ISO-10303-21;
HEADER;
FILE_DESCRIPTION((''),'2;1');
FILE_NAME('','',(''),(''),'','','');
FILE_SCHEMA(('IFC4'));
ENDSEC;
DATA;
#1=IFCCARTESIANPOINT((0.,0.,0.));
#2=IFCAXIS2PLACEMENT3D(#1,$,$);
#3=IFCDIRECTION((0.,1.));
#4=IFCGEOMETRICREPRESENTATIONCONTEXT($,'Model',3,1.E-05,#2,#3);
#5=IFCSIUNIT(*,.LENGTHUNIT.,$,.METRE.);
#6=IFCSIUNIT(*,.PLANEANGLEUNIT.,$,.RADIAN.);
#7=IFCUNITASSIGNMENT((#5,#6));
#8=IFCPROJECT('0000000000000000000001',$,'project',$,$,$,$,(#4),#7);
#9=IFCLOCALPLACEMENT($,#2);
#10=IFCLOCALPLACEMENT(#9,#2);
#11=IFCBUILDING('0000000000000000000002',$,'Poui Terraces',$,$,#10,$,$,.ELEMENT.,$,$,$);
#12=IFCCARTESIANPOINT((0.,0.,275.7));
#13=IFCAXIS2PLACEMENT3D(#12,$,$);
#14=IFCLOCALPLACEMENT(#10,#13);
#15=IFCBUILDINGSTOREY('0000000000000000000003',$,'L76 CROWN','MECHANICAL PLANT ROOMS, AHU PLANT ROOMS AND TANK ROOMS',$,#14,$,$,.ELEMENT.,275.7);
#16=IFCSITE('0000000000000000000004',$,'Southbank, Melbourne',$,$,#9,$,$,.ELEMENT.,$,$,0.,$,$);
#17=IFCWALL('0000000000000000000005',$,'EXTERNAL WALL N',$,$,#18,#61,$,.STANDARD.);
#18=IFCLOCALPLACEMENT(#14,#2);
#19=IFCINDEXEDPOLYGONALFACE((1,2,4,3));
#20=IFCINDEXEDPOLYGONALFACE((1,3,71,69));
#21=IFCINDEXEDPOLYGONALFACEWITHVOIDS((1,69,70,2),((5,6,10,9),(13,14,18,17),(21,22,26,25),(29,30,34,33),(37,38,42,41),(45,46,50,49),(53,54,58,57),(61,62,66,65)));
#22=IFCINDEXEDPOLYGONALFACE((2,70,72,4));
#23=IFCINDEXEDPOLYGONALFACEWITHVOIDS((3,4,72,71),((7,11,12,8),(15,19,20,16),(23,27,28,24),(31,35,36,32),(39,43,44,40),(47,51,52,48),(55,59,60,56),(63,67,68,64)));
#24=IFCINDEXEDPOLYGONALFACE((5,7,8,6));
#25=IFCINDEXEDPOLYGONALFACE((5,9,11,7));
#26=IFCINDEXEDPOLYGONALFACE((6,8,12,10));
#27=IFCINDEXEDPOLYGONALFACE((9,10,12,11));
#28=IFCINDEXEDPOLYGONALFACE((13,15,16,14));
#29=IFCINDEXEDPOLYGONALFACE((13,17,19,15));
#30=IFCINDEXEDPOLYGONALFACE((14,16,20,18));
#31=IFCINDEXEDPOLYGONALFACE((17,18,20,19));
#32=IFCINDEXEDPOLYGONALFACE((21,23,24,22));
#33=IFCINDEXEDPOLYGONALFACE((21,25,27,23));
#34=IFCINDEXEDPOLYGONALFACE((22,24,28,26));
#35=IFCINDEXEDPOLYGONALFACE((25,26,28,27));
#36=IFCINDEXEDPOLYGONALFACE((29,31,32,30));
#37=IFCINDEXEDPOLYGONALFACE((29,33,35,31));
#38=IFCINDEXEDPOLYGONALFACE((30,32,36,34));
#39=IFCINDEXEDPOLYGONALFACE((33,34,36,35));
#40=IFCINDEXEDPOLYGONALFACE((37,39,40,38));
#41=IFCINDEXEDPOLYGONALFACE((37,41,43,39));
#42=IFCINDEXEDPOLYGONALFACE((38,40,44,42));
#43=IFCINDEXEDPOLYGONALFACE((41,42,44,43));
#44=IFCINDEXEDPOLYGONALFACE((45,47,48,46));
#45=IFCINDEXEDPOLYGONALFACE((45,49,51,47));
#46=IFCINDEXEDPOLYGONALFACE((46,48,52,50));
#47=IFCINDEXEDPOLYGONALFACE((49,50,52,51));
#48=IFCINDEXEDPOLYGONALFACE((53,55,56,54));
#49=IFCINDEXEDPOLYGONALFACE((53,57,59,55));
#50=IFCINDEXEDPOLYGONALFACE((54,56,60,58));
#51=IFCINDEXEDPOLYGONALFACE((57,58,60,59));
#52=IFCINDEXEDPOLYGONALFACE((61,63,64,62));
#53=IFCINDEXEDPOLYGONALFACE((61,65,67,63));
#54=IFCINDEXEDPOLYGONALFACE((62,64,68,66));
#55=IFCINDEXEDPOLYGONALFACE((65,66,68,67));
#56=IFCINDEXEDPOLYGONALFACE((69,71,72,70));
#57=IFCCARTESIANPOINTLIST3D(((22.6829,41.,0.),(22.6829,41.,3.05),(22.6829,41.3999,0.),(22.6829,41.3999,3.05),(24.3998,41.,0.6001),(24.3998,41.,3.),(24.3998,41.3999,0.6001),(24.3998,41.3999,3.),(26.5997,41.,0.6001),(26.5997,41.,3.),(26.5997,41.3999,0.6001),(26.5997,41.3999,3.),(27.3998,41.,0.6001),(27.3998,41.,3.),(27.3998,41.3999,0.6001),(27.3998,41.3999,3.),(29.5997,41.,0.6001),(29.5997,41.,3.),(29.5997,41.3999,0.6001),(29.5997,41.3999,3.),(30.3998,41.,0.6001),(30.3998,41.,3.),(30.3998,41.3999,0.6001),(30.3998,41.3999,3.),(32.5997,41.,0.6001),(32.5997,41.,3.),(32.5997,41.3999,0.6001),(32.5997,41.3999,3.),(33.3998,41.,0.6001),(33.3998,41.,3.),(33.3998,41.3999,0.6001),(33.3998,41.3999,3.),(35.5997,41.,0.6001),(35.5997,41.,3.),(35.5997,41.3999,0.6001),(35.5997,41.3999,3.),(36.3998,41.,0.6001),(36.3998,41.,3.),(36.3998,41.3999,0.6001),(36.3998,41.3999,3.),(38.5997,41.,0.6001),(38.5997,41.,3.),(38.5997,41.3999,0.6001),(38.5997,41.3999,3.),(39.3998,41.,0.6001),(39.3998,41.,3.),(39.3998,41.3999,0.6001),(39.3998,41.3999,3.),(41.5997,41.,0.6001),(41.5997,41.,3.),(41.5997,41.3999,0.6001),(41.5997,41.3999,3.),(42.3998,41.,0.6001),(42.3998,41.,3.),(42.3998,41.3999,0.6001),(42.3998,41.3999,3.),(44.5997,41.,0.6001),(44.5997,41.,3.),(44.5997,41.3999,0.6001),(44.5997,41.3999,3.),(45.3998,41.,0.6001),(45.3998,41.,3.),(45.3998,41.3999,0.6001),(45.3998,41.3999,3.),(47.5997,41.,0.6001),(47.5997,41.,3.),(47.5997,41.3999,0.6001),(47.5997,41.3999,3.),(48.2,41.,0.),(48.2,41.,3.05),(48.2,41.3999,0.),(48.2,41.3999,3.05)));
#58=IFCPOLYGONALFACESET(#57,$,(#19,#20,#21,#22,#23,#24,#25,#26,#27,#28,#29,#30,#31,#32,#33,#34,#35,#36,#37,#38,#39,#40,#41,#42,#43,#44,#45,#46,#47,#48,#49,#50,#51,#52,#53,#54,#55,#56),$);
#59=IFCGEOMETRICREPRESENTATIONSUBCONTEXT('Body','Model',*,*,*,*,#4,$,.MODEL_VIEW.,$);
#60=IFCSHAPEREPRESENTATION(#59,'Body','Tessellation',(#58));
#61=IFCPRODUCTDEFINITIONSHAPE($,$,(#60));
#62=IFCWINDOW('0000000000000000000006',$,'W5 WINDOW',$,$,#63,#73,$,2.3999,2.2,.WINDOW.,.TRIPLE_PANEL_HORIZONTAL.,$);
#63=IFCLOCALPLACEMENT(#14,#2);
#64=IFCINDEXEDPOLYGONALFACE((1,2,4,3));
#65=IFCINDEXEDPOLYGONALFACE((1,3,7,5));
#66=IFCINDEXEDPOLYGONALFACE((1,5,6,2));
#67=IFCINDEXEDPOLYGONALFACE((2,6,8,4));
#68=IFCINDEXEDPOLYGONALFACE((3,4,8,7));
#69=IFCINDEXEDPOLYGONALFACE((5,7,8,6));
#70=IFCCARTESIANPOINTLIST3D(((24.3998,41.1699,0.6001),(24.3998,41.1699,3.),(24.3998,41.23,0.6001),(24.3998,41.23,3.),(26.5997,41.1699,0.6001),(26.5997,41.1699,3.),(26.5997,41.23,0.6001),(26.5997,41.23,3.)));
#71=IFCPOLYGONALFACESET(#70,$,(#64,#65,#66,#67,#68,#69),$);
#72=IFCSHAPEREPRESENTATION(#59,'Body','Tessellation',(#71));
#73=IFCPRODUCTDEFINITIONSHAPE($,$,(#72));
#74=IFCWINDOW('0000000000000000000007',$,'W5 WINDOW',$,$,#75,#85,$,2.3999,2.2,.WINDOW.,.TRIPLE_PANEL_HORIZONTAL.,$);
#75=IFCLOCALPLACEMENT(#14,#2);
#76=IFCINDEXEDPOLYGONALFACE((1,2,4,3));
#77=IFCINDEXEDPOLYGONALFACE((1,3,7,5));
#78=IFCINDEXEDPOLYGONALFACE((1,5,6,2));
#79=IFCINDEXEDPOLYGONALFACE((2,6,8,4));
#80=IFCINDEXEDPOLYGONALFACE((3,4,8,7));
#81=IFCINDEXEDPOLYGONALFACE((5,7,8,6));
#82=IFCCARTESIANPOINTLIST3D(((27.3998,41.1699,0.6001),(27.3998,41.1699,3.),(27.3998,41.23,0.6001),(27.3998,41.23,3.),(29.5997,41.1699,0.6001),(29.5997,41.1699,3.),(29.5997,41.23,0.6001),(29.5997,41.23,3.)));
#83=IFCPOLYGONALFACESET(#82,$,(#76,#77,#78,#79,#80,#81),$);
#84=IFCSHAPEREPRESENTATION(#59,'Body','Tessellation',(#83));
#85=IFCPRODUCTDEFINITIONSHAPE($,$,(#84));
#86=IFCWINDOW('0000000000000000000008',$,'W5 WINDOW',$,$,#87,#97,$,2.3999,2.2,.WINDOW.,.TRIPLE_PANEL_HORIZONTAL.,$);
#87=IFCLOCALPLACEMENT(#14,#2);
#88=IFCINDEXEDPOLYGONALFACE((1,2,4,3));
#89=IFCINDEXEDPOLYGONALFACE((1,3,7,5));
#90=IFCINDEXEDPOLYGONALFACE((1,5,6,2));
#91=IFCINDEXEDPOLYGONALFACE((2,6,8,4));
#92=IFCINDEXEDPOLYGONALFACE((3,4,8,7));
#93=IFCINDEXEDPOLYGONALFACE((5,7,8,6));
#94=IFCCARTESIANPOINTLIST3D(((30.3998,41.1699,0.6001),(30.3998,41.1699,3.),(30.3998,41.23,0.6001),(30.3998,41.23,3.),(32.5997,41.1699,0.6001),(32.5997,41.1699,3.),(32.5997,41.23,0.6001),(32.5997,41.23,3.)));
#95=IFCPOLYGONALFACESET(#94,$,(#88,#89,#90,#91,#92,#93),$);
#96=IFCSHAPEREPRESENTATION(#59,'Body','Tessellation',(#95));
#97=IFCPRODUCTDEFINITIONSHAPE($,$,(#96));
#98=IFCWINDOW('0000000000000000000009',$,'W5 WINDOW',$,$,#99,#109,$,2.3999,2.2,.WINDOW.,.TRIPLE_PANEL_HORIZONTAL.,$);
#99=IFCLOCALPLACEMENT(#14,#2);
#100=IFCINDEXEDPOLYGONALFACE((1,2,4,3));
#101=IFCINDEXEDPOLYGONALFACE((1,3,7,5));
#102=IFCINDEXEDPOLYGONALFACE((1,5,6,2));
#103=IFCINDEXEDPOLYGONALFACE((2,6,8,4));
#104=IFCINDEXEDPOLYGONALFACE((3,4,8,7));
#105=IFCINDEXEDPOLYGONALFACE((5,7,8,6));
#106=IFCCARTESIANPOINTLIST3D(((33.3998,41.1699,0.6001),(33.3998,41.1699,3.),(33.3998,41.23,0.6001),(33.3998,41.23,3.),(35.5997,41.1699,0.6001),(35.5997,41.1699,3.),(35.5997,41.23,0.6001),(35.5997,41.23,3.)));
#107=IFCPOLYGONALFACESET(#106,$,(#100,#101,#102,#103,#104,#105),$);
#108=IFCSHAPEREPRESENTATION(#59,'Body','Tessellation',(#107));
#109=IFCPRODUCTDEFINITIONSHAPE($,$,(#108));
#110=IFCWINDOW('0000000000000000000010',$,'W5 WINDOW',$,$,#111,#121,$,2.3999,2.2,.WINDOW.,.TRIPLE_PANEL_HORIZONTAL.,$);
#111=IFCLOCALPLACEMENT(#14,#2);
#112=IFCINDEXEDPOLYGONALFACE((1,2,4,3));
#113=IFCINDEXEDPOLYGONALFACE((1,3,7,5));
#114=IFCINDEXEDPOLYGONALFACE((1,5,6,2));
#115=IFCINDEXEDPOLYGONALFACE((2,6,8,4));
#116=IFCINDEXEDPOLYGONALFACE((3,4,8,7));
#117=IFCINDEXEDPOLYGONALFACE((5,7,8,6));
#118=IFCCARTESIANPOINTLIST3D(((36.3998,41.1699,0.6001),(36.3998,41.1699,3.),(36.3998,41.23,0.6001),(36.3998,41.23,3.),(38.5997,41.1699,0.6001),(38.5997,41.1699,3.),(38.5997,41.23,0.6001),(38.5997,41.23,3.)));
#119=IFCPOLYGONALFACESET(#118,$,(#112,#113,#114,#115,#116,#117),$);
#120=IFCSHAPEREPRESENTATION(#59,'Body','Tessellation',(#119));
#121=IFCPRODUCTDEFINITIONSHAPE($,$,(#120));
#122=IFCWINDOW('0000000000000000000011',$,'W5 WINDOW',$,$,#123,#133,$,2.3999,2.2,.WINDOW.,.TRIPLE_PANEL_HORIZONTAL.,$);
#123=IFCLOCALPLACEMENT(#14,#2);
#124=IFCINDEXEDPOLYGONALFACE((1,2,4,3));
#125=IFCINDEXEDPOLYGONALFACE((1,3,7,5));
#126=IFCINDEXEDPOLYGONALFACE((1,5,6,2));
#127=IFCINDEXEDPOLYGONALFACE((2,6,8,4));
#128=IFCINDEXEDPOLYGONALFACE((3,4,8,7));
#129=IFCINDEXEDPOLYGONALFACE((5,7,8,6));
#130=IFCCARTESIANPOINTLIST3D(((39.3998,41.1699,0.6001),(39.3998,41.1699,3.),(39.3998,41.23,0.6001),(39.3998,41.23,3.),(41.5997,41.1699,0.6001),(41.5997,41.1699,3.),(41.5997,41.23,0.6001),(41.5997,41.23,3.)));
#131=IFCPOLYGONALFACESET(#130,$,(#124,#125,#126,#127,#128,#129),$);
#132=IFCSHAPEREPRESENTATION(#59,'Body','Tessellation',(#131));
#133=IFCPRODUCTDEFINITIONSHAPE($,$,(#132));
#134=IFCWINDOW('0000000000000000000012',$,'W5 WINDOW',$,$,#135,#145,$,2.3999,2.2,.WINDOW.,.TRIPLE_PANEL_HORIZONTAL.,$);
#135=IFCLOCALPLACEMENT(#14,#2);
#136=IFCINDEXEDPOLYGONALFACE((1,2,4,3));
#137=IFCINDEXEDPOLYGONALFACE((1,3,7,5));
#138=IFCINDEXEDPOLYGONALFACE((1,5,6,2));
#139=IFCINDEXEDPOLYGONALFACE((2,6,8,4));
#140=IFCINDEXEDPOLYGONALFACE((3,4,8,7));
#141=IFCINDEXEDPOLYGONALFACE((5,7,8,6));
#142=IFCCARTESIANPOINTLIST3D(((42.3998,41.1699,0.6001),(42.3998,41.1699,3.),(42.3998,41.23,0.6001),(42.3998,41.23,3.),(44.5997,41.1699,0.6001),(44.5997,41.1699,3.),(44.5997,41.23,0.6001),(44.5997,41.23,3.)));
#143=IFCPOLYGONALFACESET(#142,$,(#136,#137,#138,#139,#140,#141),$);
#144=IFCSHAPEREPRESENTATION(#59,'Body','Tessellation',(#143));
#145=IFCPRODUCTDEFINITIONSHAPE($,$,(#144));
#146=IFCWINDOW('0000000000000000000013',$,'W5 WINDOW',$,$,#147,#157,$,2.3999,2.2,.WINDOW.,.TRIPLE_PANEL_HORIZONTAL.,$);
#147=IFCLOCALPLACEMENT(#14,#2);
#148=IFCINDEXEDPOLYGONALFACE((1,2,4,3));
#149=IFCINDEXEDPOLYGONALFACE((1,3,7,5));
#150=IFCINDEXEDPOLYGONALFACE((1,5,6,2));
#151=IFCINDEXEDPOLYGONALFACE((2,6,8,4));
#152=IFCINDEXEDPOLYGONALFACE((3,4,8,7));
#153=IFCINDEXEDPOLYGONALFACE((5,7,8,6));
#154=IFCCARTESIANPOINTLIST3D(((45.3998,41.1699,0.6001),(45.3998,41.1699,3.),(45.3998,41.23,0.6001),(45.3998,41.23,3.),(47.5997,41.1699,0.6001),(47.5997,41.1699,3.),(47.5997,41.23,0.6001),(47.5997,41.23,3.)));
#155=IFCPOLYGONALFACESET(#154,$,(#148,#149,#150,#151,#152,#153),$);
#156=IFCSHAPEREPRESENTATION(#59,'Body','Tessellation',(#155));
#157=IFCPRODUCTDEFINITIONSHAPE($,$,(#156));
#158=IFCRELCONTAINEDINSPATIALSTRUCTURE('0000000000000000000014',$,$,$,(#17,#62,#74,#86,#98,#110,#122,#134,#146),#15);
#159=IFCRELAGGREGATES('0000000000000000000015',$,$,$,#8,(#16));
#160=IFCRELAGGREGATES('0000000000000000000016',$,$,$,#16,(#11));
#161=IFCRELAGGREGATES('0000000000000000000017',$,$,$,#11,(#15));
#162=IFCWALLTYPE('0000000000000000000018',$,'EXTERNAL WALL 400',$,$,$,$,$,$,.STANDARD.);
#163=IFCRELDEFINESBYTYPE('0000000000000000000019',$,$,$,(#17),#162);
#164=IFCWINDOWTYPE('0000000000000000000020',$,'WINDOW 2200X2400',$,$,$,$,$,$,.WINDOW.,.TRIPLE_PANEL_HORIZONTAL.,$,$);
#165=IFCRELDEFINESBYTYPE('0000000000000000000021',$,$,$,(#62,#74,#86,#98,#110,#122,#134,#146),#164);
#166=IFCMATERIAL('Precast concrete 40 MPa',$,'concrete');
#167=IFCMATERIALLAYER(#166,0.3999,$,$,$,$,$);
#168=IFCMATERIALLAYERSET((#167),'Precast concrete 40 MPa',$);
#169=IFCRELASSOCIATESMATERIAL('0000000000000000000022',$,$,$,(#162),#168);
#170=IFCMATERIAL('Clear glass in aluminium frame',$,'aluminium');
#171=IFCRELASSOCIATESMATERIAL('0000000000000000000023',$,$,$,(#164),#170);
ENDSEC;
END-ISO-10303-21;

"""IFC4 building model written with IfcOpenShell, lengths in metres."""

from ifc_helpers import new_model, si_unit, direction, frame, frame_2d, origin, place, context, subcontext, project, spatial, rectangle, extrude, material, layer, layer_set, type_object, element, fill, save


model = new_model("IFC4")

# Units and contexts
model_context = context("Model", 3, precision=1e-05, world=origin(), true_north=direction((0.0, 1.0)))
body_context = subcontext(model_context, "Body", "Model", "MODEL_VIEW")
ifc_project = project(units=[si_unit("LENGTHUNIT", "METRE"), si_unit("PLANEANGLEUNIT", "RADIAN")], contexts=[model_context])

# Site, building, storey
site_placement = place(None, origin())
site = spatial("IfcSite", under=ifc_project, at=site_placement, Name="Southbank, Melbourne", CompositionType="ELEMENT", RefElevation=0.0)
building_placement = place(site_placement, origin())
building = spatial("IfcBuilding", under=site, at=building_placement, Name="Poui Terraces", CompositionType="ELEMENT")
storey_placement = place(building_placement, frame((0.0, 0.0, 275.7)))
storey = spatial("IfcBuildingStorey", under=building, at=storey_placement, Name="L76 CROWN", Description="MECHANICAL PLANT ROOMS, AHU PLANT ROOMS AND TANK ROOMS", CompositionType="ELEMENT", Elevation=275.7)

# Wall, openings, windows
ifc_material_1 = material(Name="Precast concrete 40 MPa", Category="concrete")
ifc_layer_1 = layer(ifc_material_1, 0.3999)
ifc_layer_set_1 = layer_set([ifc_layer_1], Name="Precast concrete 40 MPa")
wall_type_1 = type_object("IfcWallType", Name="EXTERNAL WALL 400", PredefinedType="STANDARD", material=ifc_layer_set_1)
wall_1_placement = place(storey_placement, frame((48.2, 41.2, 0.0), z_axis=(0.0, 0.0, 1.0), x_axis=(-1.0, 0.0, 0.0)))
wall_1 = element("IfcWall", 1, at=wall_1_placement, inside=storey, type_object=wall_type_1, Name="EXTERNAL WALL N", PredefinedType="STANDARD", context=body_context, shape_type="SweptSolid", body=[
    extrude(rectangle(XDim=25.5171, YDim=0.3999, at=frame_2d((12.7585, 0.0))), origin(), (0.0, 0.0, 1.0), 3.05),
])
opening_1_placement = place(wall_1_placement, frame((21.6001, 0.0, 0.6001)))
opening_1 = element("IfcOpeningElement", 2, at=opening_1_placement, cuts=wall_1, PredefinedType="OPENING", context=body_context, shape_type="SweptSolid", body=[
    extrude(rectangle(XDim=2.2, YDim=2.3999, at=frame_2d((1.1001, 1.2))), frame((0.0, 0.21, 0.0), z_axis=(0.0, -1.0, 0.0), x_axis=(1.0, 0.0, 0.0)), (0.0, 0.0, 1.0), 0.4199),
])
opening_2_placement = place(wall_1_placement, frame((18.6001, 0.0, 0.6001)))
opening_2 = element("IfcOpeningElement", 3, at=opening_2_placement, cuts=wall_1, PredefinedType="OPENING", context=body_context, shape_type="SweptSolid", body=[
    extrude(rectangle(XDim=2.2, YDim=2.3999, at=frame_2d((1.1001, 1.2))), frame((0.0, 0.21, 0.0), z_axis=(0.0, -1.0, 0.0), x_axis=(1.0, 0.0, 0.0)), (0.0, 0.0, 1.0), 0.4199),
])
opening_3_placement = place(wall_1_placement, frame((15.6001, 0.0, 0.6001)))
opening_3 = element("IfcOpeningElement", 4, at=opening_3_placement, cuts=wall_1, PredefinedType="OPENING", context=body_context, shape_type="SweptSolid", body=[
    extrude(rectangle(XDim=2.2, YDim=2.3999, at=frame_2d((1.1001, 1.2))), frame((0.0, 0.21, 0.0), z_axis=(0.0, -1.0, 0.0), x_axis=(1.0, 0.0, 0.0)), (0.0, 0.0, 1.0), 0.4199),
])
opening_4_placement = place(wall_1_placement, frame((12.6001, 0.0, 0.6001)))
opening_4 = element("IfcOpeningElement", 5, at=opening_4_placement, cuts=wall_1, PredefinedType="OPENING", context=body_context, shape_type="SweptSolid", body=[
    extrude(rectangle(XDim=2.2, YDim=2.3999, at=frame_2d((1.1001, 1.2))), frame((0.0, 0.21, 0.0), z_axis=(0.0, -1.0, 0.0), x_axis=(1.0, 0.0, 0.0)), (0.0, 0.0, 1.0), 0.4199),
])
opening_5_placement = place(wall_1_placement, frame((9.6001, 0.0, 0.6001)))
opening_5 = element("IfcOpeningElement", 6, at=opening_5_placement, cuts=wall_1, PredefinedType="OPENING", context=body_context, shape_type="SweptSolid", body=[
    extrude(rectangle(XDim=2.2, YDim=2.3999, at=frame_2d((1.1001, 1.2))), frame((0.0, 0.21, 0.0), z_axis=(0.0, -1.0, 0.0), x_axis=(1.0, 0.0, 0.0)), (0.0, 0.0, 1.0), 0.4199),
])
opening_6_placement = place(wall_1_placement, frame((6.6001, 0.0, 0.6001)))
opening_6 = element("IfcOpeningElement", 7, at=opening_6_placement, cuts=wall_1, PredefinedType="OPENING", context=body_context, shape_type="SweptSolid", body=[
    extrude(rectangle(XDim=2.2, YDim=2.3999, at=frame_2d((1.1001, 1.2))), frame((0.0, 0.21, 0.0), z_axis=(0.0, -1.0, 0.0), x_axis=(1.0, 0.0, 0.0)), (0.0, 0.0, 1.0), 0.4199),
])
opening_7_placement = place(wall_1_placement, frame((3.6001, 0.0, 0.6001)))
opening_7 = element("IfcOpeningElement", 8, at=opening_7_placement, cuts=wall_1, PredefinedType="OPENING", context=body_context, shape_type="SweptSolid", body=[
    extrude(rectangle(XDim=2.2, YDim=2.3999, at=frame_2d((1.1001, 1.2))), frame((0.0, 0.21, 0.0), z_axis=(0.0, -1.0, 0.0), x_axis=(1.0, 0.0, 0.0)), (0.0, 0.0, 1.0), 0.4199),
])
opening_8_placement = place(wall_1_placement, frame((0.6001, 0.0, 0.6001)))
opening_8 = element("IfcOpeningElement", 9, at=opening_8_placement, cuts=wall_1, PredefinedType="OPENING", context=body_context, shape_type="SweptSolid", body=[
    extrude(rectangle(XDim=2.2, YDim=2.3999, at=frame_2d((1.1001, 1.2))), frame((0.0, 0.21, 0.0), z_axis=(0.0, -1.0, 0.0), x_axis=(1.0, 0.0, 0.0)), (0.0, 0.0, 1.0), 0.4199),
])
ifc_material_2 = material(Name="Clear glass in aluminium frame", Category="aluminium")
window_type = type_object("IfcWindowType", Name="WINDOW 2200X2400", PartitioningType="TRIPLE_PANEL_HORIZONTAL", PredefinedType="WINDOW", material=ifc_material_2)
window_1_placement = place(opening_1_placement, origin())
window_1 = element("IfcWindow", 10, at=window_1_placement, inside=storey, type_object=window_type, Name="W5 WINDOW", OverallHeight=2.3999, OverallWidth=2.2, PartitioningType="TRIPLE_PANEL_HORIZONTAL", PredefinedType="WINDOW", context=body_context, shape_type="SweptSolid", body=[
    extrude(rectangle(XDim=2.2, YDim=2.3999, at=frame_2d((1.1001, 1.2))), frame((0.0, 0.03, 0.0), z_axis=(0.0, -1.0, 0.0), x_axis=(1.0, 0.0, 0.0)), (0.0, 0.0, 1.0), 0.0601),
])
fill(opening_1, window_1)
window_2_placement = place(opening_2_placement, origin())
window_2 = element("IfcWindow", 11, at=window_2_placement, inside=storey, type_object=window_type, Name="W5 WINDOW", OverallHeight=2.3999, OverallWidth=2.2, PartitioningType="TRIPLE_PANEL_HORIZONTAL", PredefinedType="WINDOW", context=body_context, shape_type="SweptSolid", body=[
    extrude(rectangle(XDim=2.2, YDim=2.3999, at=frame_2d((1.1001, 1.2))), frame((0.0, 0.03, 0.0), z_axis=(0.0, -1.0, 0.0), x_axis=(1.0, 0.0, 0.0)), (0.0, 0.0, 1.0), 0.0601),
])
fill(opening_2, window_2)
window_3_placement = place(opening_3_placement, origin())
window_3 = element("IfcWindow", 12, at=window_3_placement, inside=storey, type_object=window_type, Name="W5 WINDOW", OverallHeight=2.3999, OverallWidth=2.2, PartitioningType="TRIPLE_PANEL_HORIZONTAL", PredefinedType="WINDOW", context=body_context, shape_type="SweptSolid", body=[
    extrude(rectangle(XDim=2.2, YDim=2.3999, at=frame_2d((1.1001, 1.2))), frame((0.0, 0.03, 0.0), z_axis=(0.0, -1.0, 0.0), x_axis=(1.0, 0.0, 0.0)), (0.0, 0.0, 1.0), 0.0601),
])
fill(opening_3, window_3)
window_4_placement = place(opening_4_placement, origin())
window_4 = element("IfcWindow", 13, at=window_4_placement, inside=storey, type_object=window_type, Name="W5 WINDOW", OverallHeight=2.3999, OverallWidth=2.2, PartitioningType="TRIPLE_PANEL_HORIZONTAL", PredefinedType="WINDOW", context=body_context, shape_type="SweptSolid", body=[
    extrude(rectangle(XDim=2.2, YDim=2.3999, at=frame_2d((1.1001, 1.2))), frame((0.0, 0.03, 0.0), z_axis=(0.0, -1.0, 0.0), x_axis=(1.0, 0.0, 0.0)), (0.0, 0.0, 1.0), 0.0601),
])
fill(opening_4, window_4)
window_5_placement = place(opening_5_placement, origin())
window_5 = element("IfcWindow", 14, at=window_5_placement, inside=storey, type_object=window_type, Name="W5 WINDOW", OverallHeight=2.3999, OverallWidth=2.2, PartitioningType="TRIPLE_PANEL_HORIZONTAL", PredefinedType="WINDOW", context=body_context, shape_type="SweptSolid", body=[
    extrude(rectangle(XDim=2.2, YDim=2.3999, at=frame_2d((1.1001, 1.2))), frame((0.0, 0.03, 0.0), z_axis=(0.0, -1.0, 0.0), x_axis=(1.0, 0.0, 0.0)), (0.0, 0.0, 1.0), 0.0601),
])
fill(opening_5, window_5)
window_6_placement = place(opening_6_placement, origin())
window_6 = element("IfcWindow", 15, at=window_6_placement, inside=storey, type_object=window_type, Name="W5 WINDOW", OverallHeight=2.3999, OverallWidth=2.2, PartitioningType="TRIPLE_PANEL_HORIZONTAL", PredefinedType="WINDOW", context=body_context, shape_type="SweptSolid", body=[
    extrude(rectangle(XDim=2.2, YDim=2.3999, at=frame_2d((1.1001, 1.2))), frame((0.0, 0.03, 0.0), z_axis=(0.0, -1.0, 0.0), x_axis=(1.0, 0.0, 0.0)), (0.0, 0.0, 1.0), 0.0601),
])
fill(opening_6, window_6)
window_7_placement = place(opening_7_placement, origin())
window_7 = element("IfcWindow", 16, at=window_7_placement, inside=storey, type_object=window_type, Name="W5 WINDOW", OverallHeight=2.3999, OverallWidth=2.2, PartitioningType="TRIPLE_PANEL_HORIZONTAL", PredefinedType="WINDOW", context=body_context, shape_type="SweptSolid", body=[
    extrude(rectangle(XDim=2.2, YDim=2.3999, at=frame_2d((1.1001, 1.2))), frame((0.0, 0.03, 0.0), z_axis=(0.0, -1.0, 0.0), x_axis=(1.0, 0.0, 0.0)), (0.0, 0.0, 1.0), 0.0601),
])
fill(opening_7, window_7)
window_8_placement = place(opening_8_placement, origin())
window_8 = element("IfcWindow", 17, at=window_8_placement, inside=storey, type_object=window_type, Name="W5 WINDOW", OverallHeight=2.3999, OverallWidth=2.2, PartitioningType="TRIPLE_PANEL_HORIZONTAL", PredefinedType="WINDOW", context=body_context, shape_type="SweptSolid", body=[
    extrude(rectangle(XDim=2.2, YDim=2.3999, at=frame_2d((1.1001, 1.2))), frame((0.0, 0.03, 0.0), z_axis=(0.0, -1.0, 0.0), x_axis=(1.0, 0.0, 0.0)), (0.0, 0.0, 1.0), 0.0601),
])
fill(opening_8, window_8)

save(model, "model.ifc")
